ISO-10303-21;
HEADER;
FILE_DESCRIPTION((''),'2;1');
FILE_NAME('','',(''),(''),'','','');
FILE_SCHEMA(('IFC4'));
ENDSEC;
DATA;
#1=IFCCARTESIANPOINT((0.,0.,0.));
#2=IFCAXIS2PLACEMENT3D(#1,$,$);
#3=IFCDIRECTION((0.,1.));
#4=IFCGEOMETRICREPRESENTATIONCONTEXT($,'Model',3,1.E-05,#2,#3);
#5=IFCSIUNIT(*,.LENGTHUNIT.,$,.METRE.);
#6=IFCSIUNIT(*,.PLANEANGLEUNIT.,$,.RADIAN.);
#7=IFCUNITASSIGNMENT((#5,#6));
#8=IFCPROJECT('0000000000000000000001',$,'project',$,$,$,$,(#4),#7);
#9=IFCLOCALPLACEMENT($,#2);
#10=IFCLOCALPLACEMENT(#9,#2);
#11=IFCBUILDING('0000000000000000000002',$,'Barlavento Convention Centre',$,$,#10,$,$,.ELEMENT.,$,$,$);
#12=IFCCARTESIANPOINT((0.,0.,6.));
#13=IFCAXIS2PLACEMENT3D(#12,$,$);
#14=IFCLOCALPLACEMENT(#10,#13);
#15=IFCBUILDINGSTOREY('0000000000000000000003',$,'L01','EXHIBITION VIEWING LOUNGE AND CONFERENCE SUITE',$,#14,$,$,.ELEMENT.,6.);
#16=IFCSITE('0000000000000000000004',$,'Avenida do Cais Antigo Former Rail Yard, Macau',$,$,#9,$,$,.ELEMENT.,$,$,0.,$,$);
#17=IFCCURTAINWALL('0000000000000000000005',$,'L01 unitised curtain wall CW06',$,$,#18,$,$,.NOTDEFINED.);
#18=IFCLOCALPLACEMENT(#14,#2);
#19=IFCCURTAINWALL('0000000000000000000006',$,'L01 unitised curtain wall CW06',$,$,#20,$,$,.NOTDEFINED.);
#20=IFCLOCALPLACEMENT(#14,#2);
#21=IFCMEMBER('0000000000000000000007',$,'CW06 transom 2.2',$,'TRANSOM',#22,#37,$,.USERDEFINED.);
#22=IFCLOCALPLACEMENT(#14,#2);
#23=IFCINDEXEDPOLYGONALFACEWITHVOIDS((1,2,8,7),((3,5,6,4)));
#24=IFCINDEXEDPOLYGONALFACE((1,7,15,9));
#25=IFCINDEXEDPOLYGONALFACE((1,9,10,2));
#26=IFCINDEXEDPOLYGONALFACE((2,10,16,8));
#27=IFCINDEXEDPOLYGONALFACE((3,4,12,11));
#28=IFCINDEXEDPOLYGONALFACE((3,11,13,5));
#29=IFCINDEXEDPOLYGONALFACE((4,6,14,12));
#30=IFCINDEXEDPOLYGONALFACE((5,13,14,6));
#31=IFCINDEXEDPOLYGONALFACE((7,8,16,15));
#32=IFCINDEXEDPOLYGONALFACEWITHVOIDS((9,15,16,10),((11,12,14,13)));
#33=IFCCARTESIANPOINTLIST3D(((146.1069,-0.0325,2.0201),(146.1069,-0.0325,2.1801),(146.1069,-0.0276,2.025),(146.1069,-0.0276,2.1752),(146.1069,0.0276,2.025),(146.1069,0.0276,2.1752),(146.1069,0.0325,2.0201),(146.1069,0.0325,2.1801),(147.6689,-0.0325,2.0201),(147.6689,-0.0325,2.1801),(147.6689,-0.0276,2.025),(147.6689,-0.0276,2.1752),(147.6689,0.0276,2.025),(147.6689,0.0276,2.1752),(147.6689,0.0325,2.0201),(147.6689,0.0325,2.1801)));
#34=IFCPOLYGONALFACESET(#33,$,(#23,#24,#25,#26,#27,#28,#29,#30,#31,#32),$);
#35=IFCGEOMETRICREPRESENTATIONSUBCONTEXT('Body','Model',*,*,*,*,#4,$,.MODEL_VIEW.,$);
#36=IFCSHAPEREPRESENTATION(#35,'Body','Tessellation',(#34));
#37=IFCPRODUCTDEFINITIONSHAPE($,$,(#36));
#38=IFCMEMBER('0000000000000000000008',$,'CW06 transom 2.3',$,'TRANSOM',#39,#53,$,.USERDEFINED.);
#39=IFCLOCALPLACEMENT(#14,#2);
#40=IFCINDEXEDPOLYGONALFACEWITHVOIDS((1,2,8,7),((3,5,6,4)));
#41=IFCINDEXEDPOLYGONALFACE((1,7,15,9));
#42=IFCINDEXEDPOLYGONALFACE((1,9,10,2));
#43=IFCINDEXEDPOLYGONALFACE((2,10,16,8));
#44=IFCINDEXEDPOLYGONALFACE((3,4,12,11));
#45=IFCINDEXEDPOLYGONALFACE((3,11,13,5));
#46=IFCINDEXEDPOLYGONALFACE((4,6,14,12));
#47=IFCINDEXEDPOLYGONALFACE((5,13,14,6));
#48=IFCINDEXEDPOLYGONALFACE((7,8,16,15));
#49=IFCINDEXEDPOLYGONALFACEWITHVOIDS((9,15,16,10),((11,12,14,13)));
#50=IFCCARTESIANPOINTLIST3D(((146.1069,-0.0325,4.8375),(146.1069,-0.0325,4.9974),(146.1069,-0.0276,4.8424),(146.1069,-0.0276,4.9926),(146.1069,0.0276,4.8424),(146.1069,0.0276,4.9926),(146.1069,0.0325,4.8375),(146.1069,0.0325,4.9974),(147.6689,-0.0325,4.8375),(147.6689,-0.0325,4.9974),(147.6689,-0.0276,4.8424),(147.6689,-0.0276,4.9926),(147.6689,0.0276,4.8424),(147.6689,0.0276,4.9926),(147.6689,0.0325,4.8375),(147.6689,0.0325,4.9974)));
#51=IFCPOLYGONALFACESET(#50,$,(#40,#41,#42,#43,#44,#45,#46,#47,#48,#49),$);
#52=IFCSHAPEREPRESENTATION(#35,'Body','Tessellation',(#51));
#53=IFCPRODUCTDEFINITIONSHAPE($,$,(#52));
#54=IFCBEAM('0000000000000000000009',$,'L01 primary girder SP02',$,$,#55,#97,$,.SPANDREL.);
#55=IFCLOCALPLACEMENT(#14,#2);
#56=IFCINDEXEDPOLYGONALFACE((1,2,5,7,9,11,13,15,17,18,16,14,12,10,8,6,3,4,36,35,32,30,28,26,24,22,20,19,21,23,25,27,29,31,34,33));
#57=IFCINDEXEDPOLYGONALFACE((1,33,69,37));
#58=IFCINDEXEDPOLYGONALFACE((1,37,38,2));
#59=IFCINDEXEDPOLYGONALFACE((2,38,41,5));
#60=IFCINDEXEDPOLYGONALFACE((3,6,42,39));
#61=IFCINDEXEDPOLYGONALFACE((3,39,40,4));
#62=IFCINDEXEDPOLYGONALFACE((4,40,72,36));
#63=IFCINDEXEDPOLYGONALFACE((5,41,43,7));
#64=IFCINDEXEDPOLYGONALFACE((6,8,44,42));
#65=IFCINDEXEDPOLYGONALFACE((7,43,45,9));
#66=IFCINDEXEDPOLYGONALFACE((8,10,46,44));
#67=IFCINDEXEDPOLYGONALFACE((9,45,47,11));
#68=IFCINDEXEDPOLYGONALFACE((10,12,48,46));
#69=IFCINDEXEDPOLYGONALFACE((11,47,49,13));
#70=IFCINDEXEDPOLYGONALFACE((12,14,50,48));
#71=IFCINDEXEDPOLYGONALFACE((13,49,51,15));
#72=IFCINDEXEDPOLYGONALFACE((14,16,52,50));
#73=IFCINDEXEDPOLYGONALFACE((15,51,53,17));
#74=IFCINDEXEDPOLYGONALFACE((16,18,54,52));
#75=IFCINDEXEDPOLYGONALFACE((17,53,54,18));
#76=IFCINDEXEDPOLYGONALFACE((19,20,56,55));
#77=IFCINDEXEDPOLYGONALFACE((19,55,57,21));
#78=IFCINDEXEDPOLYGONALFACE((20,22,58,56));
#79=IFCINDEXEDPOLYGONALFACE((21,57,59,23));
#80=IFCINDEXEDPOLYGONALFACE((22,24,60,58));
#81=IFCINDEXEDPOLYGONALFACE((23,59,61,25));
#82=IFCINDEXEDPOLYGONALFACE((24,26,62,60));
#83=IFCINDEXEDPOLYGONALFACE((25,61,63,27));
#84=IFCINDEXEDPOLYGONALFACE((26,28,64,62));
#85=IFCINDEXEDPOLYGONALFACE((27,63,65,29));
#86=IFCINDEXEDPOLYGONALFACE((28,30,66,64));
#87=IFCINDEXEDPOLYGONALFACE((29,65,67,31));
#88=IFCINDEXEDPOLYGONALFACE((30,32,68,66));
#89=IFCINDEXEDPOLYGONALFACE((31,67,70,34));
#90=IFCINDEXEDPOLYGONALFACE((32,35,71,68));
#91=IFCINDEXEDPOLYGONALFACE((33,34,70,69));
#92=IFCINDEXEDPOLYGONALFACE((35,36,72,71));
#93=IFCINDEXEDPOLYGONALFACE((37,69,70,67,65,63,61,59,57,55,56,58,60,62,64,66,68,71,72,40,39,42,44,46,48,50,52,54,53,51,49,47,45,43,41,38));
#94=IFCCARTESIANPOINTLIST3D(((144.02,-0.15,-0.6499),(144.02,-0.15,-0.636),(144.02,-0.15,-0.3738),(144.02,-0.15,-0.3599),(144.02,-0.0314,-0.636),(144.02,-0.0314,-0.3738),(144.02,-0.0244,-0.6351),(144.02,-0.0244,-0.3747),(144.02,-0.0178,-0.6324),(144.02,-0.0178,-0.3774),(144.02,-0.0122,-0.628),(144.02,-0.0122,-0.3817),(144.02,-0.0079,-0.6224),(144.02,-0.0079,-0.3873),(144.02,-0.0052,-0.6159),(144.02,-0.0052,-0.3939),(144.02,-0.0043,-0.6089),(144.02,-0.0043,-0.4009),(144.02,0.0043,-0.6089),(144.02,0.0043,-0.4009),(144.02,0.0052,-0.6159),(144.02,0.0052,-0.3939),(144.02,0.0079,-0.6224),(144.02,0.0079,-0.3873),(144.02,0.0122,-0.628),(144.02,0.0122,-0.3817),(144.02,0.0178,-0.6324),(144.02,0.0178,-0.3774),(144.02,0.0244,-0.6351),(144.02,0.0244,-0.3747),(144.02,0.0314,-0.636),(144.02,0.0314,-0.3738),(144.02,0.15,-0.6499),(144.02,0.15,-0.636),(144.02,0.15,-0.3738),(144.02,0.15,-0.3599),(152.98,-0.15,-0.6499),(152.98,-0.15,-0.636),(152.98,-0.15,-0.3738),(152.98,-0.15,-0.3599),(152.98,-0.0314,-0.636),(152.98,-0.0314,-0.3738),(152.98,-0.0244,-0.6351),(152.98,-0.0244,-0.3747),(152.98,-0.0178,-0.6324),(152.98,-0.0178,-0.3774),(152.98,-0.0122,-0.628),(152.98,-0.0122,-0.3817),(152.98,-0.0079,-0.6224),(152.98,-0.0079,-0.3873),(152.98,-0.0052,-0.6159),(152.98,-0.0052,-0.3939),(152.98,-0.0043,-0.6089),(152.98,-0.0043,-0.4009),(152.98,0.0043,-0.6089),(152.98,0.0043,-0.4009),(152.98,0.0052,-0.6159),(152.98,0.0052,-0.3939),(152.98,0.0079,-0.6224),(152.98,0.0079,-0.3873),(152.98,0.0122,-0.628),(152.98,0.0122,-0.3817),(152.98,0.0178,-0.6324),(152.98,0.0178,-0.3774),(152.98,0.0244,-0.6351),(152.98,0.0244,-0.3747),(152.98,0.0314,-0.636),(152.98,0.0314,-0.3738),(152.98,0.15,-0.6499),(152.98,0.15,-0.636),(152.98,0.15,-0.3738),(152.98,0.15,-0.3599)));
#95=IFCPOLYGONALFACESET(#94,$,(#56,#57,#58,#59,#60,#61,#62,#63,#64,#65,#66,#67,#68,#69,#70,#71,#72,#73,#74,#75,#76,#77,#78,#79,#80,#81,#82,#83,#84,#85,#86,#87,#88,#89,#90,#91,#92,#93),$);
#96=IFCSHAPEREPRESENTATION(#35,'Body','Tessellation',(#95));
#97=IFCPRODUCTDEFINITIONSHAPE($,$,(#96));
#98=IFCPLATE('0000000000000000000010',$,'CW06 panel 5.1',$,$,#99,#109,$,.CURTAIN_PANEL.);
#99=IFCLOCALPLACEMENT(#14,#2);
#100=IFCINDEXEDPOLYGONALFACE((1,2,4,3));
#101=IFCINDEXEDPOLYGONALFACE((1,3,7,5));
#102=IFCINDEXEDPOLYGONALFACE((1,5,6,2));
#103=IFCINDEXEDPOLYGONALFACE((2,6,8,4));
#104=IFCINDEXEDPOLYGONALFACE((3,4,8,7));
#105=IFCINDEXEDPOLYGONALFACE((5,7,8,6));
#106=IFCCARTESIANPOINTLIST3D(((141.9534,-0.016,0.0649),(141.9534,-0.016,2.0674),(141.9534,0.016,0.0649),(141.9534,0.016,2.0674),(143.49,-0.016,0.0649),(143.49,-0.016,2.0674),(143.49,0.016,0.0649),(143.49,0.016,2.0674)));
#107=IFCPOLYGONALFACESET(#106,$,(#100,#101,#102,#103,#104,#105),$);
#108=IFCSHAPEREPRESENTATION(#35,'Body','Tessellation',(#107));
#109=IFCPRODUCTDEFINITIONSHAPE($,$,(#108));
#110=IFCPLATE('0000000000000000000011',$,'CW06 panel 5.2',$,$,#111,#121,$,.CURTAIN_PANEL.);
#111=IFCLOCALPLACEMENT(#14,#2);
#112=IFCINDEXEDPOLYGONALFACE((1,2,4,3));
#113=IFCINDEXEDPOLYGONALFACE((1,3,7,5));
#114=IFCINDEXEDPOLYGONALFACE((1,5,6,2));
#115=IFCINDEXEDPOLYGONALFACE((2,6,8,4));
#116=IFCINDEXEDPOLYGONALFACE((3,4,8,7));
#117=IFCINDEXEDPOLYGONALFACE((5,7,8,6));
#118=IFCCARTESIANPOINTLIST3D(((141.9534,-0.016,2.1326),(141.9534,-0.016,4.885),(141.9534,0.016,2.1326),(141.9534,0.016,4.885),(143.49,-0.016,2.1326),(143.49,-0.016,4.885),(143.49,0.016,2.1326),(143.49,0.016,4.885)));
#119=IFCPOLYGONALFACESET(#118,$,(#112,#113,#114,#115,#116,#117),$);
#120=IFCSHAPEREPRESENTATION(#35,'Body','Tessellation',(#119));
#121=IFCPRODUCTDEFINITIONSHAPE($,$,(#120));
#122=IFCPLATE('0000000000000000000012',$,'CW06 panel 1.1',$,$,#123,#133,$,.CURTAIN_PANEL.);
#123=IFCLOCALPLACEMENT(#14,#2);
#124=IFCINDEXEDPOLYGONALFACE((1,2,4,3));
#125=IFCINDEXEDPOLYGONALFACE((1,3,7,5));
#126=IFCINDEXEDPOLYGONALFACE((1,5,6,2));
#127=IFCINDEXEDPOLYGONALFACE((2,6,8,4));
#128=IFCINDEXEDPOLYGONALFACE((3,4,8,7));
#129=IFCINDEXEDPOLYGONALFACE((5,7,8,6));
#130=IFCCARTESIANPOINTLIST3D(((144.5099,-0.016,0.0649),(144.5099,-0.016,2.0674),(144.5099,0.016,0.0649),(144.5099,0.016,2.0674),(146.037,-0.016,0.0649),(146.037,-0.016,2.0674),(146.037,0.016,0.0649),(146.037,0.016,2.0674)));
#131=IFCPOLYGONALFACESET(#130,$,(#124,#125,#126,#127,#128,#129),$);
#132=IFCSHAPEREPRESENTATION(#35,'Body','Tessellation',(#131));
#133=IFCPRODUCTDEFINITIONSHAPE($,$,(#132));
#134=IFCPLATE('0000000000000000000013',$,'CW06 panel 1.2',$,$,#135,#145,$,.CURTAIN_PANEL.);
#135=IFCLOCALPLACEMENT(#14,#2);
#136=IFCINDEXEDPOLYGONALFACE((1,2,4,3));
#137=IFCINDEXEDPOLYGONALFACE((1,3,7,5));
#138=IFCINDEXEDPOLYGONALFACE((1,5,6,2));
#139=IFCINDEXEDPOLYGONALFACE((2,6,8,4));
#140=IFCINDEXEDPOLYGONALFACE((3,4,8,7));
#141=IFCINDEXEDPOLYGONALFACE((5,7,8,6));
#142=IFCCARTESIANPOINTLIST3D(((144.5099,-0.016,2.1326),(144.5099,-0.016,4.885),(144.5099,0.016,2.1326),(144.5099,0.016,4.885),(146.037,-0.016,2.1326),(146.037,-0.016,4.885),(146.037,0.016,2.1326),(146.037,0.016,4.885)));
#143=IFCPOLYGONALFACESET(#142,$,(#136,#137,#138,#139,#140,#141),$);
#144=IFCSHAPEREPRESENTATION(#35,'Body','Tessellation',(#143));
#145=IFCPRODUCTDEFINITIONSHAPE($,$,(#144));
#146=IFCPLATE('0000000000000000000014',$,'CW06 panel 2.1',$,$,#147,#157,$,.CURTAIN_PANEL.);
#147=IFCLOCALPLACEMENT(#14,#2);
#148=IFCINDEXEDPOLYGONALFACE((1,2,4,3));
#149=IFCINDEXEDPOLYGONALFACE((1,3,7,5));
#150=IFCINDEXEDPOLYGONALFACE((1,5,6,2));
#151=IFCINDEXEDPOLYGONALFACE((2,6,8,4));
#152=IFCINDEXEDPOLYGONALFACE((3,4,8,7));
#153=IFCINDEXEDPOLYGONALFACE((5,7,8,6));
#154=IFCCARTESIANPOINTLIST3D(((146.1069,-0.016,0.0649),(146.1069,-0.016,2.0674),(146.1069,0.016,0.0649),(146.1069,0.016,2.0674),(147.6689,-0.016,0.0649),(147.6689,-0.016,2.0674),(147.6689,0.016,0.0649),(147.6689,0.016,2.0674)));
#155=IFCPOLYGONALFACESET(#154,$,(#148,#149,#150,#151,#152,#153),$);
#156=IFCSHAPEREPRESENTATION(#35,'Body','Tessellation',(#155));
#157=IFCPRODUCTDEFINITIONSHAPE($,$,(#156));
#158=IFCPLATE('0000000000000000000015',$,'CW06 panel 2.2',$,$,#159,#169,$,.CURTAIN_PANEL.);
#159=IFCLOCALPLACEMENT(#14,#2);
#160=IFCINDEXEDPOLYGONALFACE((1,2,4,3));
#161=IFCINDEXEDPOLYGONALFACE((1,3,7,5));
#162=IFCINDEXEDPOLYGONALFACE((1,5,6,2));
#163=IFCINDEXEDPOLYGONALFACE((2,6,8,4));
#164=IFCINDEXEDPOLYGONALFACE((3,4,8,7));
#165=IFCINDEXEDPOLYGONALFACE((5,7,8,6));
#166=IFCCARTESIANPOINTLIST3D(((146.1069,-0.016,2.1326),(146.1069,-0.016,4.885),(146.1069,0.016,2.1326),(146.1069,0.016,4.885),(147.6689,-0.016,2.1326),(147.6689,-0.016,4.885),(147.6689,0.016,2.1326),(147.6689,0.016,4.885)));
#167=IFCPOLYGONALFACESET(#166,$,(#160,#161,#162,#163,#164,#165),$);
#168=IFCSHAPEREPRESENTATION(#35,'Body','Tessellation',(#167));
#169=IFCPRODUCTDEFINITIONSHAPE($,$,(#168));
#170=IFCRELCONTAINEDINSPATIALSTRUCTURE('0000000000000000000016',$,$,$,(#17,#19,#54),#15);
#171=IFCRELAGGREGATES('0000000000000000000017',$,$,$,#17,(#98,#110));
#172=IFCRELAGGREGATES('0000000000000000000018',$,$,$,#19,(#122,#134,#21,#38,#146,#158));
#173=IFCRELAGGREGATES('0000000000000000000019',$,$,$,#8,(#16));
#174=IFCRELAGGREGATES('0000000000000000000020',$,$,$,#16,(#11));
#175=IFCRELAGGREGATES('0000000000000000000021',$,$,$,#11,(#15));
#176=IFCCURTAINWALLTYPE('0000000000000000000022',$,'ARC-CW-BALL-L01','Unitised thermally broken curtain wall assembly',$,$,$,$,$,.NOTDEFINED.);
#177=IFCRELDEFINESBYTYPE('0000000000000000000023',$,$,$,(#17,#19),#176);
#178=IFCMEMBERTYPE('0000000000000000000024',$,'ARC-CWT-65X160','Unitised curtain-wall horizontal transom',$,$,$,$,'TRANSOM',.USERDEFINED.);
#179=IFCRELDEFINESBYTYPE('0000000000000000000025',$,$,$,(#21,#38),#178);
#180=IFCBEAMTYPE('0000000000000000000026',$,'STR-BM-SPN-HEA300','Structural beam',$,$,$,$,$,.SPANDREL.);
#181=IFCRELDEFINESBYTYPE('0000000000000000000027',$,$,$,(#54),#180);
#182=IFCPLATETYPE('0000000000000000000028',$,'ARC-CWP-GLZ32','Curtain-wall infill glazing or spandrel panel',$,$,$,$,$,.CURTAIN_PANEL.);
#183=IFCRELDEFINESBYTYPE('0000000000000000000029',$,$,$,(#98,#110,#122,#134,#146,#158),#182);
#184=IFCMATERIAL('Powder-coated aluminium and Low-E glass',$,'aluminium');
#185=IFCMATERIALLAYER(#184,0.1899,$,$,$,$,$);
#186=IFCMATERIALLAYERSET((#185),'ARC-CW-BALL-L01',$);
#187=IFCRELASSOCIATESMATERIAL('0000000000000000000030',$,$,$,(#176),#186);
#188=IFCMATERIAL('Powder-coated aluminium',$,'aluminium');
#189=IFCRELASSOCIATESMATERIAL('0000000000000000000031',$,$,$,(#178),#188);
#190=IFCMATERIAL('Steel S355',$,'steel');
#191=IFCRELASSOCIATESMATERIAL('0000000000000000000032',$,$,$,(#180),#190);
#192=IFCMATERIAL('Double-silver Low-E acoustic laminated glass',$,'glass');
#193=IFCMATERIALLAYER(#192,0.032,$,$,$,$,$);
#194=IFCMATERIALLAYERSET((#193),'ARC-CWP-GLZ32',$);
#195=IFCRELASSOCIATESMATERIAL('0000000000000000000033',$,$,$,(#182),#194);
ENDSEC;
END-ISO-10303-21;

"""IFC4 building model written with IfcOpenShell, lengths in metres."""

from ifc_helpers import new_model, si_unit, direction, frame, origin, origin_2d, place, context, subcontext, project, spatial, rectangle, hollow_rectangle, i_section, extrude, material, layer, layer_set, material_profile, profile_set, type_object, element, aggregate, save


model = new_model("IFC4")

# Units and contexts
model_context = context("Model", 3, precision=1e-05, world=origin(), true_north=direction((0.0, 1.0)))
body_context = subcontext(model_context, "Body", "Model", "MODEL_VIEW")
ifc_project = project(units=[si_unit("LENGTHUNIT", "METRE"), si_unit("PLANEANGLEUNIT", "RADIAN")], contexts=[model_context])

# Site, building, storey
site_placement = place(None, origin())
site = spatial("IfcSite", under=ifc_project, at=site_placement, Name="Avenida do Cais Antigo Former Rail Yard, Macau", CompositionType="ELEMENT", RefElevation=0.0)
building_placement = place(site_placement, origin())
building = spatial("IfcBuilding", under=site, at=building_placement, Name="Barlavento Convention Centre", CompositionType="ELEMENT")
storey_placement = place(building_placement, frame((0.0, 0.0, 6.0)))
storey = spatial("IfcBuildingStorey", under=building, at=storey_placement, Name="L01", Description="EXHIBITION VIEWING LOUNGE AND CONFERENCE SUITE", CompositionType="ELEMENT", Elevation=6.0)

# Curtain wall
ifc_material_1 = material(Name="Powder-coated aluminium and Low-E glass", Category="aluminium")
ifc_layer_1 = layer(ifc_material_1, 0.1899)
ifc_layer_set_1 = layer_set([ifc_layer_1], Name="ARC-CW-BALL-L01")
curtain_wall_type = type_object("IfcCurtainWallType", Name="ARC-CW-BALL-L01", Description="Unitised thermally broken curtain wall assembly", PredefinedType="NOTDEFINED", material=ifc_layer_set_1)
curtain_wall_1_placement = place(storey_placement, origin())
curtain_wall_1 = element("IfcCurtainWall", 1, at=curtain_wall_1_placement, inside=storey, type_object=curtain_wall_type, Name="L01 unitised curtain wall CW06", PredefinedType="NOTDEFINED")
ifc_material_2 = material(Name="Powder-coated aluminium", Category="aluminium")

# Curtain wall
curtain_wall_2_placement = place(storey_placement, origin())
curtain_wall_2 = element("IfcCurtainWall", 2, at=curtain_wall_2_placement, inside=storey, type_object=curtain_wall_type, Name="L01 unitised curtain wall CW06", PredefinedType="NOTDEFINED")

# Members
ifc_material_profile_1 = material_profile(ifc_material_2, hollow_rectangle(XDim=0.0649, YDim=0.1599, WallThickness=0.0049, at=origin_2d()), Name="AL-TRAN 65x160x5")
ifc_profile_set_1 = profile_set([ifc_material_profile_1], Name="Powder-coated aluminium")
member_type_1 = type_object("IfcMemberType", Name="ARC-CWT-65X160", Description="Unitised curtain-wall horizontal transom", ElementType="TRANSOM", PredefinedType="USERDEFINED", material=ifc_profile_set_1)
member_1_placement = place(storey_placement, frame((146.1069, 0.0, 2.1001), z_axis=(1.0, 0.0, 0.0), x_axis=(0.0, 1.0, 0.0)))
member_1 = element("IfcMember", 3, at=member_1_placement, type_object=member_type_1, Name="CW06 transom 2.2", ObjectType="TRANSOM", PredefinedType="USERDEFINED", context=body_context, shape_type="SweptSolid", body=[
    extrude(hollow_rectangle(XDim=0.0649, YDim=0.1599, WallThickness=0.0049, at=origin_2d()), origin(), (0.0, 0.0, 1.0), 1.562),
])
member_2_placement = place(storey_placement, frame((146.1069, 0.0, 4.9175), z_axis=(1.0, 0.0, 0.0), x_axis=(0.0, 1.0, 0.0)))
member_2 = element("IfcMember", 4, at=member_2_placement, type_object=member_type_1, Name="CW06 transom 2.3", ObjectType="TRANSOM", PredefinedType="USERDEFINED", context=body_context, shape_type="SweptSolid", body=[
    extrude(hollow_rectangle(XDim=0.0649, YDim=0.1599, WallThickness=0.0049, at=origin_2d()), origin(), (0.0, 0.0, 1.0), 1.562),
])

# Beam
ifc_material_3 = material(Name="Steel S355", Category="steel")
ifc_material_profile_2 = material_profile(ifc_material_3, i_section(OverallWidth=0.3, OverallDepth=0.29, WebThickness=0.0085, FlangeThickness=0.0139, FilletRadius=0.0271, at=origin_2d()), Name="HEA 300")
ifc_profile_set_2 = profile_set([ifc_material_profile_2], Name="Steel S355")
beam_type = type_object("IfcBeamType", Name="STR-BM-SPN-HEA300", Description="Structural beam", PredefinedType="SPANDREL", material=ifc_profile_set_2)
beam_placement = place(storey_placement, frame((144.02, 0.0, -0.5049), z_axis=(1.0, 0.0, 0.0), x_axis=(0.0, 1.0, 0.0)))
element("IfcBeam", 5, at=beam_placement, inside=storey, type_object=beam_type, Name="L01 primary girder SP02", PredefinedType="SPANDREL", context=body_context, shape_type="SweptSolid", body=[
    extrude(i_section(OverallWidth=0.3, OverallDepth=0.29, WebThickness=0.0085, FlangeThickness=0.0139, FilletRadius=0.0271, at=origin_2d()), origin(), (0.0, 0.0, 1.0), 8.96),
])

# Plates
ifc_material_4 = material(Name="Double-silver Low-E acoustic laminated glass", Category="glass")
ifc_layer_2 = layer(ifc_material_4, 0.032)
ifc_layer_set_2 = layer_set([ifc_layer_2], Name="ARC-CWP-GLZ32")
plate_type = type_object("IfcPlateType", Name="ARC-CWP-GLZ32", Description="Curtain-wall infill glazing or spandrel panel", PredefinedType="CURTAIN_PANEL", material=ifc_layer_set_2)
plate_1_placement = place(storey_placement, frame((142.7217, 0.0, 0.0649), z_axis=(0.0, 0.0, 1.0), x_axis=(1.0, 0.0, 0.0)))
plate_1 = element("IfcPlate", 6, at=plate_1_placement, type_object=plate_type, Name="CW06 panel 5.1", PredefinedType="CURTAIN_PANEL", context=body_context, shape_type="SweptSolid", body=[
    extrude(rectangle(XDim=1.5366, YDim=0.032, at=origin_2d()), origin(), (0.0, 0.0, 1.0), 2.0024),
])
plate_2_placement = place(storey_placement, frame((142.7217, 0.0, 2.1326), z_axis=(0.0, 0.0, 1.0), x_axis=(1.0, 0.0, 0.0)))
plate_2 = element("IfcPlate", 7, at=plate_2_placement, type_object=plate_type, Name="CW06 panel 5.2", PredefinedType="CURTAIN_PANEL", context=body_context, shape_type="SweptSolid", body=[
    extrude(rectangle(XDim=1.5366, YDim=0.032, at=origin_2d()), origin(), (0.0, 0.0, 1.0), 2.7524),
])
aggregate(curtain_wall_1, [plate_1, plate_2])
plate_3_placement = place(storey_placement, frame((145.2734, 0.0, 0.0649), z_axis=(0.0, 0.0, 1.0), x_axis=(1.0, 0.0, 0.0)))
plate_3 = element("IfcPlate", 8, at=plate_3_placement, type_object=plate_type, Name="CW06 panel 1.1", PredefinedType="CURTAIN_PANEL", context=body_context, shape_type="SweptSolid", body=[
    extrude(rectangle(XDim=1.5271, YDim=0.032, at=origin_2d()), origin(), (0.0, 0.0, 1.0), 2.0024),
])
plate_4_placement = place(storey_placement, frame((145.2734, 0.0, 2.1326), z_axis=(0.0, 0.0, 1.0), x_axis=(1.0, 0.0, 0.0)))
plate_4 = element("IfcPlate", 9, at=plate_4_placement, type_object=plate_type, Name="CW06 panel 1.2", PredefinedType="CURTAIN_PANEL", context=body_context, shape_type="SweptSolid", body=[
    extrude(rectangle(XDim=1.5271, YDim=0.032, at=origin_2d()), origin(), (0.0, 0.0, 1.0), 2.7524),
])
plate_5_placement = place(storey_placement, frame((146.8879, 0.0, 0.0649), z_axis=(0.0, 0.0, 1.0), x_axis=(1.0, 0.0, 0.0)))
plate_5 = element("IfcPlate", 10, at=plate_5_placement, type_object=plate_type, Name="CW06 panel 2.1", PredefinedType="CURTAIN_PANEL", context=body_context, shape_type="SweptSolid", body=[
    extrude(rectangle(XDim=1.562, YDim=0.032, at=origin_2d()), origin(), (0.0, 0.0, 1.0), 2.0024),
])
plate_6_placement = place(storey_placement, frame((146.8879, 0.0, 2.1326), z_axis=(0.0, 0.0, 1.0), x_axis=(1.0, 0.0, 0.0)))
plate_6 = element("IfcPlate", 11, at=plate_6_placement, type_object=plate_type, Name="CW06 panel 2.2", PredefinedType="CURTAIN_PANEL", context=body_context, shape_type="SweptSolid", body=[
    extrude(rectangle(XDim=1.562, YDim=0.032, at=origin_2d()), origin(), (0.0, 0.0, 1.0), 2.7524),
])
aggregate(curtain_wall_2, [plate_3, plate_4, member_1, member_2, plate_5, plate_6])

save(model, "model.ifc")
